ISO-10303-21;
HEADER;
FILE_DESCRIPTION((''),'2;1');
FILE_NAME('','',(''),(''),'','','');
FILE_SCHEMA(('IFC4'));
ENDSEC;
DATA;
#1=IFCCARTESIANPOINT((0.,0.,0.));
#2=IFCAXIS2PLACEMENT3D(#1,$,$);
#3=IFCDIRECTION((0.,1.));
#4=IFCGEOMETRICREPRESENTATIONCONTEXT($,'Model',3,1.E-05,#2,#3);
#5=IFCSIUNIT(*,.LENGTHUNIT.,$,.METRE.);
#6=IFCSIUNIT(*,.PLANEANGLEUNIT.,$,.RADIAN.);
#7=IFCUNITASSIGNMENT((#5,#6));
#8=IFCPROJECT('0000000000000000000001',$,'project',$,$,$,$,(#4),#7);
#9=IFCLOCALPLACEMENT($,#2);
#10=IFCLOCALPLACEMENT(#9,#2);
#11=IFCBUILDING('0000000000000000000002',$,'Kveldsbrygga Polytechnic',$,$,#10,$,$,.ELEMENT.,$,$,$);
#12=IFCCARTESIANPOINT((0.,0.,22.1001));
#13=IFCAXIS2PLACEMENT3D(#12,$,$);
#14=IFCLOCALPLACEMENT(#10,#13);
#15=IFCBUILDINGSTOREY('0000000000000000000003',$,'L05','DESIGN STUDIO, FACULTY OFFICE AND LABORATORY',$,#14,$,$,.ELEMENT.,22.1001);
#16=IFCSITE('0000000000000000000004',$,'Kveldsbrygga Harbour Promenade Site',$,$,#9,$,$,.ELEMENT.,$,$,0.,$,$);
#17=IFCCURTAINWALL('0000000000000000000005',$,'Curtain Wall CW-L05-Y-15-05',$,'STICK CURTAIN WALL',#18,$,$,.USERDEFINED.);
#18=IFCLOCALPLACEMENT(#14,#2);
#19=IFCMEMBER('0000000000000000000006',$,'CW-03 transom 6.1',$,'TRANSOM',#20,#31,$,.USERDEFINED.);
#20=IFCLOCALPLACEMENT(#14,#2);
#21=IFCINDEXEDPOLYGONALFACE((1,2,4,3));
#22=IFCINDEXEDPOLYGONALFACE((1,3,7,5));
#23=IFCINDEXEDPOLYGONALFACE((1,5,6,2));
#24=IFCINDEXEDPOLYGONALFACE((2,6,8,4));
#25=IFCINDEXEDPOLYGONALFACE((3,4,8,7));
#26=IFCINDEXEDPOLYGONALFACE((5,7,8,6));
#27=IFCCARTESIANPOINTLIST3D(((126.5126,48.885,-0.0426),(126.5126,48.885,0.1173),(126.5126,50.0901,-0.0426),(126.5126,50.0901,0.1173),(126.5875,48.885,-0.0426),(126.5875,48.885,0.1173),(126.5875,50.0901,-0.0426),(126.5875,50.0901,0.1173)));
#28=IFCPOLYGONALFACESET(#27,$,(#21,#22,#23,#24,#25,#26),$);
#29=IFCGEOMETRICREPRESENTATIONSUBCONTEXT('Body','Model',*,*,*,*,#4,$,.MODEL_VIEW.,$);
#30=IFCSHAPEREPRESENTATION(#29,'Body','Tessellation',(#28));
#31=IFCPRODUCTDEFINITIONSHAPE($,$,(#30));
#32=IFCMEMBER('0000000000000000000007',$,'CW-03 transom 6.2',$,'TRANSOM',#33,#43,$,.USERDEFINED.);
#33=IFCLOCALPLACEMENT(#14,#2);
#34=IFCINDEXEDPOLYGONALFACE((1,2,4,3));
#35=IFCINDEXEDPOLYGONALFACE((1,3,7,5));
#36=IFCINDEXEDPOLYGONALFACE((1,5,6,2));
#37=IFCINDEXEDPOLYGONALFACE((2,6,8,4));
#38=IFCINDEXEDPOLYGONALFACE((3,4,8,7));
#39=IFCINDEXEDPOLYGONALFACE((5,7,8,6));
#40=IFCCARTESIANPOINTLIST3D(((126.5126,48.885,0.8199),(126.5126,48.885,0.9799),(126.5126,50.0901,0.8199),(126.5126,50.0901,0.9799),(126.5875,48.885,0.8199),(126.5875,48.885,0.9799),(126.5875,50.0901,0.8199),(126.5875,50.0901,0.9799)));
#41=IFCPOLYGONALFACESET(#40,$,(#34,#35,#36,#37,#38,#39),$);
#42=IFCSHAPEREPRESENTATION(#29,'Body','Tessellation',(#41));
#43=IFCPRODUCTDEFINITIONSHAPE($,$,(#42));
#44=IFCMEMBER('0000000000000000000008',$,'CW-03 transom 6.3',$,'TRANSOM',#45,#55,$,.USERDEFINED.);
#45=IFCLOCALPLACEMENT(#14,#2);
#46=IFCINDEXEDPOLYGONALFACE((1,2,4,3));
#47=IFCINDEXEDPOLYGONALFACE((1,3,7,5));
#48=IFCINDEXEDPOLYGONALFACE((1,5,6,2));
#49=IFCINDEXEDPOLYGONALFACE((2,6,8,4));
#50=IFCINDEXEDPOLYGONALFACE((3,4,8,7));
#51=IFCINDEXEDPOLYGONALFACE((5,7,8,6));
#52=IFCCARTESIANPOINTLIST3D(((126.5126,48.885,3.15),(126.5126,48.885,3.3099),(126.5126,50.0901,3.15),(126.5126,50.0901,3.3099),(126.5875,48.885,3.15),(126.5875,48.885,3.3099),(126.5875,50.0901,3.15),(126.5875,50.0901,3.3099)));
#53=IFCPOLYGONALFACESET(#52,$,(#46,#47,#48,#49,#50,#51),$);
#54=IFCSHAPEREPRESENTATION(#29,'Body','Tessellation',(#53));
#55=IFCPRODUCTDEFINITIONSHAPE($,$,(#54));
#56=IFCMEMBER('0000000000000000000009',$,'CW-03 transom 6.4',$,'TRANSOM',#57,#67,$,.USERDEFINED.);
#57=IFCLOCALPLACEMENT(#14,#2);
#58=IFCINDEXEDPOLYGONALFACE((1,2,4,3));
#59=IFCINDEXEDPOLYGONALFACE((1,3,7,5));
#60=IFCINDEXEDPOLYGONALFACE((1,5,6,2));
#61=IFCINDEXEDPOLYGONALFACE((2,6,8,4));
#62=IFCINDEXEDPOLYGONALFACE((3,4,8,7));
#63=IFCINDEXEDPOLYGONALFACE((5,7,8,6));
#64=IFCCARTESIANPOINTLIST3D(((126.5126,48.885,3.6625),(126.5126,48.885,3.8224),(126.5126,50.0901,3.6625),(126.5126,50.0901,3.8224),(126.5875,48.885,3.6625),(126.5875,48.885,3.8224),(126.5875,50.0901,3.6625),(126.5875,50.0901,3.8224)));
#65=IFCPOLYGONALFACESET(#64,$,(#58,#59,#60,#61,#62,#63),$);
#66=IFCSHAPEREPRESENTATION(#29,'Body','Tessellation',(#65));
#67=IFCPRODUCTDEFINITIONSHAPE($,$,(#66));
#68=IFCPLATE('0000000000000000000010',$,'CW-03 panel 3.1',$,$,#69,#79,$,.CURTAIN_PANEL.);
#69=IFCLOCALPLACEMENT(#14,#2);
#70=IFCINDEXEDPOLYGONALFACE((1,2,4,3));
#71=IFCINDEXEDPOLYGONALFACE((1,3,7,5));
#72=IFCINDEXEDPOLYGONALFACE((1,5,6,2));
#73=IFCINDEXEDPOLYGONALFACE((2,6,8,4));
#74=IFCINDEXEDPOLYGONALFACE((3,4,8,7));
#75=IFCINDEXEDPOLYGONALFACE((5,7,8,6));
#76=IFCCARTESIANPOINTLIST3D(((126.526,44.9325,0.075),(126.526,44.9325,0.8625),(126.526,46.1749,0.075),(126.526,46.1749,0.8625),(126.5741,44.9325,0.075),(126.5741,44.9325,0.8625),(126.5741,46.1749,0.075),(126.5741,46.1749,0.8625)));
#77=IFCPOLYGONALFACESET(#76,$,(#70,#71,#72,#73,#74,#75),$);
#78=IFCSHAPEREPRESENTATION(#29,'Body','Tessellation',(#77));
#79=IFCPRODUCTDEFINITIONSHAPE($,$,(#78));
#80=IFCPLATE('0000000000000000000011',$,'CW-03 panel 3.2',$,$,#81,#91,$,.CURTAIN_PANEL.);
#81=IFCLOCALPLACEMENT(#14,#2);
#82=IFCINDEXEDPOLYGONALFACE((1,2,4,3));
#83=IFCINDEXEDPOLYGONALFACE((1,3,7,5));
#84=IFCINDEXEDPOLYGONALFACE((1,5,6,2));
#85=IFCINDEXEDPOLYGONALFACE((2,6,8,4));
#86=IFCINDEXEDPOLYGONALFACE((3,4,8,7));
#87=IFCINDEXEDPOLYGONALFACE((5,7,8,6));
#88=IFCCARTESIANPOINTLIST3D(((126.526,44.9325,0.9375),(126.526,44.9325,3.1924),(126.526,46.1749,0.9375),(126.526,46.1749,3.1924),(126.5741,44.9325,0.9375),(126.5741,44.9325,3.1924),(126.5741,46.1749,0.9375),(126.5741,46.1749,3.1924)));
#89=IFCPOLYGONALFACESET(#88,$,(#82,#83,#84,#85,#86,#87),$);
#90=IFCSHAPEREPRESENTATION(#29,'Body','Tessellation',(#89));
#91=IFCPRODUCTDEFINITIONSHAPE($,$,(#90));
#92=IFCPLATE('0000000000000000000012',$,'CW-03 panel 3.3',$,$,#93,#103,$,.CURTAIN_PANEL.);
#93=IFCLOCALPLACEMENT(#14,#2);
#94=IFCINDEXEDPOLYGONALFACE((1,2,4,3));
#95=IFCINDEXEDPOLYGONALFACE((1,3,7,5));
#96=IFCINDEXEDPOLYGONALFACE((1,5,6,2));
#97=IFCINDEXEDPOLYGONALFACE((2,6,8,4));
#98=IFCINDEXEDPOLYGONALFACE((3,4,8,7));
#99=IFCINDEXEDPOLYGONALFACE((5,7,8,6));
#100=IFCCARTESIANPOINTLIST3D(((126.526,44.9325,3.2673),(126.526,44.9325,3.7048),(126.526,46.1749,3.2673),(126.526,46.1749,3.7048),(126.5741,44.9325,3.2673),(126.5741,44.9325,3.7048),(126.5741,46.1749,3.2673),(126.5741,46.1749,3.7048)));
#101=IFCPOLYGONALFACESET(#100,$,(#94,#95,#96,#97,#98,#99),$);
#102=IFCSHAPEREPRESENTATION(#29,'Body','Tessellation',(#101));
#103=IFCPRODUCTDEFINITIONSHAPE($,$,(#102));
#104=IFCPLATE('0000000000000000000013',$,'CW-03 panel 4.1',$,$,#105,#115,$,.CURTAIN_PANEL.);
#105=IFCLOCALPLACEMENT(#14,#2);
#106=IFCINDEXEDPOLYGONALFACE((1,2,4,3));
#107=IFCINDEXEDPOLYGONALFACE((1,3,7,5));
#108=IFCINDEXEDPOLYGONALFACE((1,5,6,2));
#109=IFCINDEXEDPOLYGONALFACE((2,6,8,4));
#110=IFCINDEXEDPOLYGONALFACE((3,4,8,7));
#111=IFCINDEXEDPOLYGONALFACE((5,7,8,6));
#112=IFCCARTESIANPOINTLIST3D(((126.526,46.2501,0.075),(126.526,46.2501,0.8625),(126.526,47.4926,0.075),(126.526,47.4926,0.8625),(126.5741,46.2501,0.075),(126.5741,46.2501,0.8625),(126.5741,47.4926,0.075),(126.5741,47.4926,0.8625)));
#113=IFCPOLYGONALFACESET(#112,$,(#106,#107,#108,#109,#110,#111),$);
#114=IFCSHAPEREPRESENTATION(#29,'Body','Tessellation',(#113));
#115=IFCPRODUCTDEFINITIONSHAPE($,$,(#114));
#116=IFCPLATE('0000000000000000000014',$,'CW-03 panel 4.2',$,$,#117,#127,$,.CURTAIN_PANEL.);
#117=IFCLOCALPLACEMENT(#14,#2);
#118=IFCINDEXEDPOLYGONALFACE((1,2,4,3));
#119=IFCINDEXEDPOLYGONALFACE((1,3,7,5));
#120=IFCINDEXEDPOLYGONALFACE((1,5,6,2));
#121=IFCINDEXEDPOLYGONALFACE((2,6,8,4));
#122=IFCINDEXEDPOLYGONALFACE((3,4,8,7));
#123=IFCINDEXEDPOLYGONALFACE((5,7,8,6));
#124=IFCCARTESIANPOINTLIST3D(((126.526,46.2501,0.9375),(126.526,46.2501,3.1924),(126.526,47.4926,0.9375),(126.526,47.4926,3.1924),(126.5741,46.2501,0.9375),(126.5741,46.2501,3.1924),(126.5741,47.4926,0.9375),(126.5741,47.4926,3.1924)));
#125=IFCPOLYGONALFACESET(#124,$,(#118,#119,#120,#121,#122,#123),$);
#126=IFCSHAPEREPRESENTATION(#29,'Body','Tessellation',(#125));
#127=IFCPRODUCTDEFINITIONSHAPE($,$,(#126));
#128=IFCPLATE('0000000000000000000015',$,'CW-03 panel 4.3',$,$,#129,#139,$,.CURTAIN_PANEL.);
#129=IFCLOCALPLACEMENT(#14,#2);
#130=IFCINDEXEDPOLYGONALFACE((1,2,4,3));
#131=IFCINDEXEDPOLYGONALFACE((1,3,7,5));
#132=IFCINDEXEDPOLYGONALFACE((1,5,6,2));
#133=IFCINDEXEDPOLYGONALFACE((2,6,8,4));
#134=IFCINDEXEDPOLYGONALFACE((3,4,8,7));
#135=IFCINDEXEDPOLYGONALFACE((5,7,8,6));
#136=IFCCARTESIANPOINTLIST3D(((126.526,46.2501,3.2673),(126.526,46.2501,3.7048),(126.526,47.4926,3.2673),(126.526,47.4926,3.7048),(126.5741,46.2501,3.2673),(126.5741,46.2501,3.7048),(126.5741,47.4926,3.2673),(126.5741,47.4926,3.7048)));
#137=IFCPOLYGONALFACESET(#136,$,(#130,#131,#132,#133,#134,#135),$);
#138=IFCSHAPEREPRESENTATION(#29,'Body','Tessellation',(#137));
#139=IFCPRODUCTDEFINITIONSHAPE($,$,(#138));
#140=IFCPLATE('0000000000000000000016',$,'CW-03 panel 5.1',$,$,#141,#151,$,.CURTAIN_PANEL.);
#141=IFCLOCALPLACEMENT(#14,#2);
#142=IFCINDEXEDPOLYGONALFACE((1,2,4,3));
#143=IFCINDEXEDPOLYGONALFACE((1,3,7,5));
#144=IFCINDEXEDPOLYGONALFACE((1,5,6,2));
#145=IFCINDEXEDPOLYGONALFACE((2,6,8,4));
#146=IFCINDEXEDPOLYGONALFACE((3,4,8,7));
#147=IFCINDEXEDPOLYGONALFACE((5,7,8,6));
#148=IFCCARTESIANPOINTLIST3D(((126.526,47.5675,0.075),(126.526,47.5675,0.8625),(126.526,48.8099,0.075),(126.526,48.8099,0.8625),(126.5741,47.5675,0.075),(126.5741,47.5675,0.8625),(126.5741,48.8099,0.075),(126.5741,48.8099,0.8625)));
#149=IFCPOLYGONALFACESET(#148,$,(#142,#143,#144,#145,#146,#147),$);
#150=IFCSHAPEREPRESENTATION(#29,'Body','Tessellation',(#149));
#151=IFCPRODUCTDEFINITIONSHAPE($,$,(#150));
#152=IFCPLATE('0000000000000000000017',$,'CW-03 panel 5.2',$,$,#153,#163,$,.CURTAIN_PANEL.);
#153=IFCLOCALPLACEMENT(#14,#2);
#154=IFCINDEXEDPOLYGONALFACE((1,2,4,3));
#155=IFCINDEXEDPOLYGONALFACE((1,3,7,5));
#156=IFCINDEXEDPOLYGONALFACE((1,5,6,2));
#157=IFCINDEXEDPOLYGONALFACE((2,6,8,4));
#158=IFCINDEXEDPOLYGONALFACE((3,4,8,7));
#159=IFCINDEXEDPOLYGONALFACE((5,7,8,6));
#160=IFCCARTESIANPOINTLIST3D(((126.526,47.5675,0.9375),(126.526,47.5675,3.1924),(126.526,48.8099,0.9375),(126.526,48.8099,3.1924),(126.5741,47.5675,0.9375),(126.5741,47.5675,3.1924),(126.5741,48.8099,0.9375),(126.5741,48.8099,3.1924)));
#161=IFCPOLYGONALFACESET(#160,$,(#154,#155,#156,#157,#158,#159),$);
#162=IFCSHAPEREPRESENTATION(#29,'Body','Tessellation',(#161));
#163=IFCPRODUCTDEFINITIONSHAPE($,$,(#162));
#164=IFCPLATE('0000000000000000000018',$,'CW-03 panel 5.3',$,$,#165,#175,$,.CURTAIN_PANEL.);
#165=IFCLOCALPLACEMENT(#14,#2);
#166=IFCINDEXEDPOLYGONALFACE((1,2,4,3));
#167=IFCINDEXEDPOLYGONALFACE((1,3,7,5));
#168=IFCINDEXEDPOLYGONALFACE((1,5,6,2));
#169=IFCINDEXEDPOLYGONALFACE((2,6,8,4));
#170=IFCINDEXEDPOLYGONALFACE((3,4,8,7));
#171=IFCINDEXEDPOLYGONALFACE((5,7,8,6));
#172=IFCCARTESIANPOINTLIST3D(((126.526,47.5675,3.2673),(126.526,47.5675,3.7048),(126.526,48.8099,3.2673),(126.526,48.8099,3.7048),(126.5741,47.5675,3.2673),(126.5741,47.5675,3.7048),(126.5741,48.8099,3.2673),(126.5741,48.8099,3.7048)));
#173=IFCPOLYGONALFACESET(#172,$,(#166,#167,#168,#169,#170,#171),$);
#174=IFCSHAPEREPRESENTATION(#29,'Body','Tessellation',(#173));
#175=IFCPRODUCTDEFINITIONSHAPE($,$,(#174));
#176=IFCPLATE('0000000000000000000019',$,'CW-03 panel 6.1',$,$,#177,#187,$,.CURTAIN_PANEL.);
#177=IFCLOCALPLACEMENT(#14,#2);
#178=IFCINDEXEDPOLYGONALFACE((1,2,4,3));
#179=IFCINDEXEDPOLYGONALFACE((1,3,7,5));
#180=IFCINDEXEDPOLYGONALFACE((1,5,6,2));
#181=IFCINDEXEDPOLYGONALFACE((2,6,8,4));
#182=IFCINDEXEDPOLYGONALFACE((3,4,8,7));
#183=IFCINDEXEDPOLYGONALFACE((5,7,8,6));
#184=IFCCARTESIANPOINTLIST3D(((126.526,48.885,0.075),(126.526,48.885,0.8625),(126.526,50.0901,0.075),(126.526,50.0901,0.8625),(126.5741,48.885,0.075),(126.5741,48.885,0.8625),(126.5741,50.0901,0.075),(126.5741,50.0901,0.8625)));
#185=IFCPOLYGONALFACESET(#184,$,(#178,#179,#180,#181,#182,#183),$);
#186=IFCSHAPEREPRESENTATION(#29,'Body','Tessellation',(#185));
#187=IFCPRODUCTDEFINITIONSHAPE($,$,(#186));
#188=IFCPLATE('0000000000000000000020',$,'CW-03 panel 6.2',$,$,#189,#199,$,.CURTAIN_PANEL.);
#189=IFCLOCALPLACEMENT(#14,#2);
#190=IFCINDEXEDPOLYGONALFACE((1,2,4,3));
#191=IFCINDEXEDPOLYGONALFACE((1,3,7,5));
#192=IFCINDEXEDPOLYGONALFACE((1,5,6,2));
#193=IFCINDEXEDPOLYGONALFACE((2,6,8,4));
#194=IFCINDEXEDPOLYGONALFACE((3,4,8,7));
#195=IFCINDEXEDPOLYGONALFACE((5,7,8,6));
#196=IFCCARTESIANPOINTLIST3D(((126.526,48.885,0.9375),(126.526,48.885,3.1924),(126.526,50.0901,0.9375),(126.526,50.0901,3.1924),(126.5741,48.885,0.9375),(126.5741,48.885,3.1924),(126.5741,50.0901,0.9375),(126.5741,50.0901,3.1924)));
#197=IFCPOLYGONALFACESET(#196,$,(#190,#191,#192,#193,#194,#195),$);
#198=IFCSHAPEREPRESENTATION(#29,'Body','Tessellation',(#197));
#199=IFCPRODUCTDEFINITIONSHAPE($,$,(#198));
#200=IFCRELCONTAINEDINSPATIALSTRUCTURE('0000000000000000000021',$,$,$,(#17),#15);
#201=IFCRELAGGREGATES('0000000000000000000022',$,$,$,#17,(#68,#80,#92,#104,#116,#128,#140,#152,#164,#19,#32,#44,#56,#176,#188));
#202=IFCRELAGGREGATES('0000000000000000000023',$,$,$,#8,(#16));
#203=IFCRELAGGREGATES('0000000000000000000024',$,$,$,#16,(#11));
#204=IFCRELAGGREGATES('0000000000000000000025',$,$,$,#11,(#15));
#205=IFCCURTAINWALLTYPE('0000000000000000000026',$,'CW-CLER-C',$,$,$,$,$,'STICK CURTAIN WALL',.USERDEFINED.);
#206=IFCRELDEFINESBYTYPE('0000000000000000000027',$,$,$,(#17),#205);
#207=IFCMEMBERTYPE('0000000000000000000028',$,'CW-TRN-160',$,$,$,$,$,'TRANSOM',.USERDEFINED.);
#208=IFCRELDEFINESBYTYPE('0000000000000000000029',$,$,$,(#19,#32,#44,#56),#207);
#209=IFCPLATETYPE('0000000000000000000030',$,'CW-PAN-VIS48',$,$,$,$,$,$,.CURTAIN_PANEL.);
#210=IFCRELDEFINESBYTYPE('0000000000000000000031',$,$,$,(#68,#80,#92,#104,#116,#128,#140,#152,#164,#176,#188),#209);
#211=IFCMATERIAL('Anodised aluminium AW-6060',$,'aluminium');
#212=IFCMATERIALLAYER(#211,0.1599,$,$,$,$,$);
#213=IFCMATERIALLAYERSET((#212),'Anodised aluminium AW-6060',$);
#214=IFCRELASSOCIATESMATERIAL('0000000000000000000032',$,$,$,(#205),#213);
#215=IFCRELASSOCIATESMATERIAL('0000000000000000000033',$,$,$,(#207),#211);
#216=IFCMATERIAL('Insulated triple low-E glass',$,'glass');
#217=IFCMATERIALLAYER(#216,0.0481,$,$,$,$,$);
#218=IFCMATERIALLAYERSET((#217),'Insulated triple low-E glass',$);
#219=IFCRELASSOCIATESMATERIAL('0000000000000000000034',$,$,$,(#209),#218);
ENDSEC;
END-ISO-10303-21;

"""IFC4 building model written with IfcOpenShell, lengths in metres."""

from ifc_helpers import new_model, si_unit, direction, frame, origin, origin_2d, place, context, subcontext, project, spatial, rectangle, extrude, material, layer, layer_set, material_profile, profile_set, type_object, element, aggregate, save


model = new_model("IFC4")

# Units and contexts
model_context = context("Model", 3, precision=1e-05, world=origin(), true_north=direction((0.0, 1.0)))
body_context = subcontext(model_context, "Body", "Model", "MODEL_VIEW")
ifc_project = project(units=[si_unit("LENGTHUNIT", "METRE"), si_unit("PLANEANGLEUNIT", "RADIAN")], contexts=[model_context])

# Site, building, storey
site_placement = place(None, origin())
site = spatial("IfcSite", under=ifc_project, at=site_placement, Name="Kveldsbrygga Harbour Promenade Site", CompositionType="ELEMENT", RefElevation=0.0)
building_placement = place(site_placement, origin())
building = spatial("IfcBuilding", under=site, at=building_placement, Name="Kveldsbrygga Polytechnic", CompositionType="ELEMENT")
storey_placement = place(building_placement, frame((0.0, 0.0, 22.1001)))
storey = spatial("IfcBuildingStorey", under=building, at=storey_placement, Name="L05", Description="DESIGN STUDIO, FACULTY OFFICE AND LABORATORY", CompositionType="ELEMENT", Elevation=22.1001)

# Curtain wall
ifc_material_1 = material(Name="Anodised aluminium AW-6060", Category="aluminium")
ifc_layer_1 = layer(ifc_material_1, 0.1599)
ifc_layer_set_1 = layer_set([ifc_layer_1], Name="Anodised aluminium AW-6060")
curtain_wall_type_1 = type_object("IfcCurtainWallType", Name="CW-CLER-C", ElementType="STICK CURTAIN WALL", PredefinedType="USERDEFINED", material=ifc_layer_set_1)
curtain_wall_1_placement = place(storey_placement, origin())
curtain_wall_1 = element("IfcCurtainWall", 1, at=curtain_wall_1_placement, inside=storey, type_object=curtain_wall_type_1, Name="Curtain Wall CW-L05-Y-15-05", ObjectType="STICK CURTAIN WALL", PredefinedType="USERDEFINED")

# Members
ifc_material_profile_1 = material_profile(ifc_material_1, rectangle(XDim=0.075, YDim=0.1599, at=origin_2d()), Name="ALU 75x160")
ifc_profile_set_1 = profile_set([ifc_material_profile_1], Name="Anodised aluminium AW-6060")
member_type_1 = type_object("IfcMemberType", Name="CW-TRN-160", ElementType="TRANSOM", PredefinedType="USERDEFINED", material=ifc_profile_set_1)
member_1_placement = place(storey_placement, frame((126.55, 48.885, 0.0374), z_axis=(0.0, 1.0, 0.0), x_axis=(-1.0, 0.0, 0.0)))
member_1 = element("IfcMember", 2, at=member_1_placement, type_object=member_type_1, Name="CW-03 transom 6.1", ObjectType="TRANSOM", PredefinedType="USERDEFINED", context=body_context, shape_type="SweptSolid", body=[
    extrude(rectangle(XDim=0.075, YDim=0.1599, at=origin_2d()), origin(), (0.0, 0.0, 1.0), 1.2051),
])
member_2_placement = place(storey_placement, frame((126.55, 48.885, 0.8999), z_axis=(0.0, 1.0, 0.0), x_axis=(-1.0, 0.0, 0.0)))
member_2 = element("IfcMember", 3, at=member_2_placement, type_object=member_type_1, Name="CW-03 transom 6.2", ObjectType="TRANSOM", PredefinedType="USERDEFINED", context=body_context, shape_type="SweptSolid", body=[
    extrude(rectangle(XDim=0.075, YDim=0.1599, at=origin_2d()), origin(), (0.0, 0.0, 1.0), 1.2051),
])
member_3_placement = place(storey_placement, frame((126.55, 48.885, 3.23), z_axis=(0.0, 1.0, 0.0), x_axis=(-1.0, 0.0, 0.0)))
member_3 = element("IfcMember", 4, at=member_3_placement, type_object=member_type_1, Name="CW-03 transom 6.3", ObjectType="TRANSOM", PredefinedType="USERDEFINED", context=body_context, shape_type="SweptSolid", body=[
    extrude(rectangle(XDim=0.075, YDim=0.1599, at=origin_2d()), origin(), (0.0, 0.0, 1.0), 1.2051),
])
member_4_placement = place(storey_placement, frame((126.55, 48.885, 3.7424), z_axis=(0.0, 1.0, 0.0), x_axis=(-1.0, 0.0, 0.0)))
member_4 = element("IfcMember", 5, at=member_4_placement, type_object=member_type_1, Name="CW-03 transom 6.4", ObjectType="TRANSOM", PredefinedType="USERDEFINED", context=body_context, shape_type="SweptSolid", body=[
    extrude(rectangle(XDim=0.075, YDim=0.1599, at=origin_2d()), origin(), (0.0, 0.0, 1.0), 1.2051),
])

# Plates
ifc_material_2 = material(Name="Insulated triple low-E glass", Category="glass")
ifc_layer_2 = layer(ifc_material_2, 0.0481)
ifc_layer_set_2 = layer_set([ifc_layer_2], Name="Insulated triple low-E glass")
plate_type = type_object("IfcPlateType", Name="CW-PAN-VIS48", PredefinedType="CURTAIN_PANEL", material=ifc_layer_set_2)
plate_1_placement = place(storey_placement, frame((126.55, 45.5537, 0.075), z_axis=(0.0, 0.0, 1.0), x_axis=(0.0, 1.0, 0.0)))
plate_1 = element("IfcPlate", 6, at=plate_1_placement, type_object=plate_type, Name="CW-03 panel 3.1", PredefinedType="CURTAIN_PANEL", context=body_context, shape_type="SweptSolid", body=[
    extrude(rectangle(XDim=1.2424, YDim=0.0481, at=origin_2d()), origin(), (0.0, 0.0, 1.0), 0.7876),
])
plate_2_placement = place(storey_placement, frame((126.55, 45.5537, 0.9375), z_axis=(0.0, 0.0, 1.0), x_axis=(0.0, 1.0, 0.0)))
plate_2 = element("IfcPlate", 7, at=plate_2_placement, type_object=plate_type, Name="CW-03 panel 3.2", PredefinedType="CURTAIN_PANEL", context=body_context, shape_type="SweptSolid", body=[
    extrude(rectangle(XDim=1.2424, YDim=0.0481, at=origin_2d()), origin(), (0.0, 0.0, 1.0), 2.2549),
])
plate_3_placement = place(storey_placement, frame((126.55, 45.5537, 3.2673), z_axis=(0.0, 0.0, 1.0), x_axis=(0.0, 1.0, 0.0)))
plate_3 = element("IfcPlate", 8, at=plate_3_placement, type_object=plate_type, Name="CW-03 panel 3.3", PredefinedType="CURTAIN_PANEL", context=body_context, shape_type="SweptSolid", body=[
    extrude(rectangle(XDim=1.2424, YDim=0.0481, at=origin_2d()), origin(), (0.0, 0.0, 1.0), 0.4375),
])
plate_4_placement = place(storey_placement, frame((126.55, 46.8713, 0.075), z_axis=(0.0, 0.0, 1.0), x_axis=(0.0, 1.0, 0.0)))
plate_4 = element("IfcPlate", 9, at=plate_4_placement, type_object=plate_type, Name="CW-03 panel 4.1", PredefinedType="CURTAIN_PANEL", context=body_context, shape_type="SweptSolid", body=[
    extrude(rectangle(XDim=1.2424, YDim=0.0481, at=origin_2d()), origin(), (0.0, 0.0, 1.0), 0.7876),
])
plate_5_placement = place(storey_placement, frame((126.55, 46.8713, 0.9375), z_axis=(0.0, 0.0, 1.0), x_axis=(0.0, 1.0, 0.0)))
plate_5 = element("IfcPlate", 10, at=plate_5_placement, type_object=plate_type, Name="CW-03 panel 4.2", PredefinedType="CURTAIN_PANEL", context=body_context, shape_type="SweptSolid", body=[
    extrude(rectangle(XDim=1.2424, YDim=0.0481, at=origin_2d()), origin(), (0.0, 0.0, 1.0), 2.2549),
])
plate_6_placement = place(storey_placement, frame((126.55, 46.8713, 3.2673), z_axis=(0.0, 0.0, 1.0), x_axis=(0.0, 1.0, 0.0)))
plate_6 = element("IfcPlate", 11, at=plate_6_placement, type_object=plate_type, Name="CW-03 panel 4.3", PredefinedType="CURTAIN_PANEL", context=body_context, shape_type="SweptSolid", body=[
    extrude(rectangle(XDim=1.2424, YDim=0.0481, at=origin_2d()), origin(), (0.0, 0.0, 1.0), 0.4375),
])
plate_7_placement = place(storey_placement, frame((126.55, 48.1887, 0.075), z_axis=(0.0, 0.0, 1.0), x_axis=(0.0, 1.0, 0.0)))
plate_7 = element("IfcPlate", 12, at=plate_7_placement, type_object=plate_type, Name="CW-03 panel 5.1", PredefinedType="CURTAIN_PANEL", context=body_context, shape_type="SweptSolid", body=[
    extrude(rectangle(XDim=1.2424, YDim=0.0481, at=origin_2d()), origin(), (0.0, 0.0, 1.0), 0.7876),
])
plate_8_placement = place(storey_placement, frame((126.55, 48.1887, 0.9375), z_axis=(0.0, 0.0, 1.0), x_axis=(0.0, 1.0, 0.0)))
plate_8 = element("IfcPlate", 13, at=plate_8_placement, type_object=plate_type, Name="CW-03 panel 5.2", PredefinedType="CURTAIN_PANEL", context=body_context, shape_type="SweptSolid", body=[
    extrude(rectangle(XDim=1.2424, YDim=0.0481, at=origin_2d()), origin(), (0.0, 0.0, 1.0), 2.2549),
])
plate_9_placement = place(storey_placement, frame((126.55, 48.1887, 3.2673), z_axis=(0.0, 0.0, 1.0), x_axis=(0.0, 1.0, 0.0)))
plate_9 = element("IfcPlate", 14, at=plate_9_placement, type_object=plate_type, Name="CW-03 panel 5.3", PredefinedType="CURTAIN_PANEL", context=body_context, shape_type="SweptSolid", body=[
    extrude(rectangle(XDim=1.2424, YDim=0.0481, at=origin_2d()), origin(), (0.0, 0.0, 1.0), 0.4375),
])
plate_10_placement = place(storey_placement, frame((126.55, 49.4875, 0.075), z_axis=(0.0, 0.0, 1.0), x_axis=(0.0, 1.0, 0.0)))
plate_10 = element("IfcPlate", 15, at=plate_10_placement, type_object=plate_type, Name="CW-03 panel 6.1", PredefinedType="CURTAIN_PANEL", context=body_context, shape_type="SweptSolid", body=[
    extrude(rectangle(XDim=1.2051, YDim=0.0481, at=origin_2d()), origin(), (0.0, 0.0, 1.0), 0.7876),
])
plate_11_placement = place(storey_placement, frame((126.55, 49.4875, 0.9375), z_axis=(0.0, 0.0, 1.0), x_axis=(0.0, 1.0, 0.0)))
plate_11 = element("IfcPlate", 16, at=plate_11_placement, type_object=plate_type, Name="CW-03 panel 6.2", PredefinedType="CURTAIN_PANEL", context=body_context, shape_type="SweptSolid", body=[
    extrude(rectangle(XDim=1.2051, YDim=0.0481, at=origin_2d()), origin(), (0.0, 0.0, 1.0), 2.2549),
])
aggregate(curtain_wall_1, [plate_1, plate_2, plate_3, plate_4, plate_5, plate_6, plate_7, plate_8, plate_9, member_1, member_2, member_3, member_4, plate_10, plate_11])

save(model, "model.ifc")
